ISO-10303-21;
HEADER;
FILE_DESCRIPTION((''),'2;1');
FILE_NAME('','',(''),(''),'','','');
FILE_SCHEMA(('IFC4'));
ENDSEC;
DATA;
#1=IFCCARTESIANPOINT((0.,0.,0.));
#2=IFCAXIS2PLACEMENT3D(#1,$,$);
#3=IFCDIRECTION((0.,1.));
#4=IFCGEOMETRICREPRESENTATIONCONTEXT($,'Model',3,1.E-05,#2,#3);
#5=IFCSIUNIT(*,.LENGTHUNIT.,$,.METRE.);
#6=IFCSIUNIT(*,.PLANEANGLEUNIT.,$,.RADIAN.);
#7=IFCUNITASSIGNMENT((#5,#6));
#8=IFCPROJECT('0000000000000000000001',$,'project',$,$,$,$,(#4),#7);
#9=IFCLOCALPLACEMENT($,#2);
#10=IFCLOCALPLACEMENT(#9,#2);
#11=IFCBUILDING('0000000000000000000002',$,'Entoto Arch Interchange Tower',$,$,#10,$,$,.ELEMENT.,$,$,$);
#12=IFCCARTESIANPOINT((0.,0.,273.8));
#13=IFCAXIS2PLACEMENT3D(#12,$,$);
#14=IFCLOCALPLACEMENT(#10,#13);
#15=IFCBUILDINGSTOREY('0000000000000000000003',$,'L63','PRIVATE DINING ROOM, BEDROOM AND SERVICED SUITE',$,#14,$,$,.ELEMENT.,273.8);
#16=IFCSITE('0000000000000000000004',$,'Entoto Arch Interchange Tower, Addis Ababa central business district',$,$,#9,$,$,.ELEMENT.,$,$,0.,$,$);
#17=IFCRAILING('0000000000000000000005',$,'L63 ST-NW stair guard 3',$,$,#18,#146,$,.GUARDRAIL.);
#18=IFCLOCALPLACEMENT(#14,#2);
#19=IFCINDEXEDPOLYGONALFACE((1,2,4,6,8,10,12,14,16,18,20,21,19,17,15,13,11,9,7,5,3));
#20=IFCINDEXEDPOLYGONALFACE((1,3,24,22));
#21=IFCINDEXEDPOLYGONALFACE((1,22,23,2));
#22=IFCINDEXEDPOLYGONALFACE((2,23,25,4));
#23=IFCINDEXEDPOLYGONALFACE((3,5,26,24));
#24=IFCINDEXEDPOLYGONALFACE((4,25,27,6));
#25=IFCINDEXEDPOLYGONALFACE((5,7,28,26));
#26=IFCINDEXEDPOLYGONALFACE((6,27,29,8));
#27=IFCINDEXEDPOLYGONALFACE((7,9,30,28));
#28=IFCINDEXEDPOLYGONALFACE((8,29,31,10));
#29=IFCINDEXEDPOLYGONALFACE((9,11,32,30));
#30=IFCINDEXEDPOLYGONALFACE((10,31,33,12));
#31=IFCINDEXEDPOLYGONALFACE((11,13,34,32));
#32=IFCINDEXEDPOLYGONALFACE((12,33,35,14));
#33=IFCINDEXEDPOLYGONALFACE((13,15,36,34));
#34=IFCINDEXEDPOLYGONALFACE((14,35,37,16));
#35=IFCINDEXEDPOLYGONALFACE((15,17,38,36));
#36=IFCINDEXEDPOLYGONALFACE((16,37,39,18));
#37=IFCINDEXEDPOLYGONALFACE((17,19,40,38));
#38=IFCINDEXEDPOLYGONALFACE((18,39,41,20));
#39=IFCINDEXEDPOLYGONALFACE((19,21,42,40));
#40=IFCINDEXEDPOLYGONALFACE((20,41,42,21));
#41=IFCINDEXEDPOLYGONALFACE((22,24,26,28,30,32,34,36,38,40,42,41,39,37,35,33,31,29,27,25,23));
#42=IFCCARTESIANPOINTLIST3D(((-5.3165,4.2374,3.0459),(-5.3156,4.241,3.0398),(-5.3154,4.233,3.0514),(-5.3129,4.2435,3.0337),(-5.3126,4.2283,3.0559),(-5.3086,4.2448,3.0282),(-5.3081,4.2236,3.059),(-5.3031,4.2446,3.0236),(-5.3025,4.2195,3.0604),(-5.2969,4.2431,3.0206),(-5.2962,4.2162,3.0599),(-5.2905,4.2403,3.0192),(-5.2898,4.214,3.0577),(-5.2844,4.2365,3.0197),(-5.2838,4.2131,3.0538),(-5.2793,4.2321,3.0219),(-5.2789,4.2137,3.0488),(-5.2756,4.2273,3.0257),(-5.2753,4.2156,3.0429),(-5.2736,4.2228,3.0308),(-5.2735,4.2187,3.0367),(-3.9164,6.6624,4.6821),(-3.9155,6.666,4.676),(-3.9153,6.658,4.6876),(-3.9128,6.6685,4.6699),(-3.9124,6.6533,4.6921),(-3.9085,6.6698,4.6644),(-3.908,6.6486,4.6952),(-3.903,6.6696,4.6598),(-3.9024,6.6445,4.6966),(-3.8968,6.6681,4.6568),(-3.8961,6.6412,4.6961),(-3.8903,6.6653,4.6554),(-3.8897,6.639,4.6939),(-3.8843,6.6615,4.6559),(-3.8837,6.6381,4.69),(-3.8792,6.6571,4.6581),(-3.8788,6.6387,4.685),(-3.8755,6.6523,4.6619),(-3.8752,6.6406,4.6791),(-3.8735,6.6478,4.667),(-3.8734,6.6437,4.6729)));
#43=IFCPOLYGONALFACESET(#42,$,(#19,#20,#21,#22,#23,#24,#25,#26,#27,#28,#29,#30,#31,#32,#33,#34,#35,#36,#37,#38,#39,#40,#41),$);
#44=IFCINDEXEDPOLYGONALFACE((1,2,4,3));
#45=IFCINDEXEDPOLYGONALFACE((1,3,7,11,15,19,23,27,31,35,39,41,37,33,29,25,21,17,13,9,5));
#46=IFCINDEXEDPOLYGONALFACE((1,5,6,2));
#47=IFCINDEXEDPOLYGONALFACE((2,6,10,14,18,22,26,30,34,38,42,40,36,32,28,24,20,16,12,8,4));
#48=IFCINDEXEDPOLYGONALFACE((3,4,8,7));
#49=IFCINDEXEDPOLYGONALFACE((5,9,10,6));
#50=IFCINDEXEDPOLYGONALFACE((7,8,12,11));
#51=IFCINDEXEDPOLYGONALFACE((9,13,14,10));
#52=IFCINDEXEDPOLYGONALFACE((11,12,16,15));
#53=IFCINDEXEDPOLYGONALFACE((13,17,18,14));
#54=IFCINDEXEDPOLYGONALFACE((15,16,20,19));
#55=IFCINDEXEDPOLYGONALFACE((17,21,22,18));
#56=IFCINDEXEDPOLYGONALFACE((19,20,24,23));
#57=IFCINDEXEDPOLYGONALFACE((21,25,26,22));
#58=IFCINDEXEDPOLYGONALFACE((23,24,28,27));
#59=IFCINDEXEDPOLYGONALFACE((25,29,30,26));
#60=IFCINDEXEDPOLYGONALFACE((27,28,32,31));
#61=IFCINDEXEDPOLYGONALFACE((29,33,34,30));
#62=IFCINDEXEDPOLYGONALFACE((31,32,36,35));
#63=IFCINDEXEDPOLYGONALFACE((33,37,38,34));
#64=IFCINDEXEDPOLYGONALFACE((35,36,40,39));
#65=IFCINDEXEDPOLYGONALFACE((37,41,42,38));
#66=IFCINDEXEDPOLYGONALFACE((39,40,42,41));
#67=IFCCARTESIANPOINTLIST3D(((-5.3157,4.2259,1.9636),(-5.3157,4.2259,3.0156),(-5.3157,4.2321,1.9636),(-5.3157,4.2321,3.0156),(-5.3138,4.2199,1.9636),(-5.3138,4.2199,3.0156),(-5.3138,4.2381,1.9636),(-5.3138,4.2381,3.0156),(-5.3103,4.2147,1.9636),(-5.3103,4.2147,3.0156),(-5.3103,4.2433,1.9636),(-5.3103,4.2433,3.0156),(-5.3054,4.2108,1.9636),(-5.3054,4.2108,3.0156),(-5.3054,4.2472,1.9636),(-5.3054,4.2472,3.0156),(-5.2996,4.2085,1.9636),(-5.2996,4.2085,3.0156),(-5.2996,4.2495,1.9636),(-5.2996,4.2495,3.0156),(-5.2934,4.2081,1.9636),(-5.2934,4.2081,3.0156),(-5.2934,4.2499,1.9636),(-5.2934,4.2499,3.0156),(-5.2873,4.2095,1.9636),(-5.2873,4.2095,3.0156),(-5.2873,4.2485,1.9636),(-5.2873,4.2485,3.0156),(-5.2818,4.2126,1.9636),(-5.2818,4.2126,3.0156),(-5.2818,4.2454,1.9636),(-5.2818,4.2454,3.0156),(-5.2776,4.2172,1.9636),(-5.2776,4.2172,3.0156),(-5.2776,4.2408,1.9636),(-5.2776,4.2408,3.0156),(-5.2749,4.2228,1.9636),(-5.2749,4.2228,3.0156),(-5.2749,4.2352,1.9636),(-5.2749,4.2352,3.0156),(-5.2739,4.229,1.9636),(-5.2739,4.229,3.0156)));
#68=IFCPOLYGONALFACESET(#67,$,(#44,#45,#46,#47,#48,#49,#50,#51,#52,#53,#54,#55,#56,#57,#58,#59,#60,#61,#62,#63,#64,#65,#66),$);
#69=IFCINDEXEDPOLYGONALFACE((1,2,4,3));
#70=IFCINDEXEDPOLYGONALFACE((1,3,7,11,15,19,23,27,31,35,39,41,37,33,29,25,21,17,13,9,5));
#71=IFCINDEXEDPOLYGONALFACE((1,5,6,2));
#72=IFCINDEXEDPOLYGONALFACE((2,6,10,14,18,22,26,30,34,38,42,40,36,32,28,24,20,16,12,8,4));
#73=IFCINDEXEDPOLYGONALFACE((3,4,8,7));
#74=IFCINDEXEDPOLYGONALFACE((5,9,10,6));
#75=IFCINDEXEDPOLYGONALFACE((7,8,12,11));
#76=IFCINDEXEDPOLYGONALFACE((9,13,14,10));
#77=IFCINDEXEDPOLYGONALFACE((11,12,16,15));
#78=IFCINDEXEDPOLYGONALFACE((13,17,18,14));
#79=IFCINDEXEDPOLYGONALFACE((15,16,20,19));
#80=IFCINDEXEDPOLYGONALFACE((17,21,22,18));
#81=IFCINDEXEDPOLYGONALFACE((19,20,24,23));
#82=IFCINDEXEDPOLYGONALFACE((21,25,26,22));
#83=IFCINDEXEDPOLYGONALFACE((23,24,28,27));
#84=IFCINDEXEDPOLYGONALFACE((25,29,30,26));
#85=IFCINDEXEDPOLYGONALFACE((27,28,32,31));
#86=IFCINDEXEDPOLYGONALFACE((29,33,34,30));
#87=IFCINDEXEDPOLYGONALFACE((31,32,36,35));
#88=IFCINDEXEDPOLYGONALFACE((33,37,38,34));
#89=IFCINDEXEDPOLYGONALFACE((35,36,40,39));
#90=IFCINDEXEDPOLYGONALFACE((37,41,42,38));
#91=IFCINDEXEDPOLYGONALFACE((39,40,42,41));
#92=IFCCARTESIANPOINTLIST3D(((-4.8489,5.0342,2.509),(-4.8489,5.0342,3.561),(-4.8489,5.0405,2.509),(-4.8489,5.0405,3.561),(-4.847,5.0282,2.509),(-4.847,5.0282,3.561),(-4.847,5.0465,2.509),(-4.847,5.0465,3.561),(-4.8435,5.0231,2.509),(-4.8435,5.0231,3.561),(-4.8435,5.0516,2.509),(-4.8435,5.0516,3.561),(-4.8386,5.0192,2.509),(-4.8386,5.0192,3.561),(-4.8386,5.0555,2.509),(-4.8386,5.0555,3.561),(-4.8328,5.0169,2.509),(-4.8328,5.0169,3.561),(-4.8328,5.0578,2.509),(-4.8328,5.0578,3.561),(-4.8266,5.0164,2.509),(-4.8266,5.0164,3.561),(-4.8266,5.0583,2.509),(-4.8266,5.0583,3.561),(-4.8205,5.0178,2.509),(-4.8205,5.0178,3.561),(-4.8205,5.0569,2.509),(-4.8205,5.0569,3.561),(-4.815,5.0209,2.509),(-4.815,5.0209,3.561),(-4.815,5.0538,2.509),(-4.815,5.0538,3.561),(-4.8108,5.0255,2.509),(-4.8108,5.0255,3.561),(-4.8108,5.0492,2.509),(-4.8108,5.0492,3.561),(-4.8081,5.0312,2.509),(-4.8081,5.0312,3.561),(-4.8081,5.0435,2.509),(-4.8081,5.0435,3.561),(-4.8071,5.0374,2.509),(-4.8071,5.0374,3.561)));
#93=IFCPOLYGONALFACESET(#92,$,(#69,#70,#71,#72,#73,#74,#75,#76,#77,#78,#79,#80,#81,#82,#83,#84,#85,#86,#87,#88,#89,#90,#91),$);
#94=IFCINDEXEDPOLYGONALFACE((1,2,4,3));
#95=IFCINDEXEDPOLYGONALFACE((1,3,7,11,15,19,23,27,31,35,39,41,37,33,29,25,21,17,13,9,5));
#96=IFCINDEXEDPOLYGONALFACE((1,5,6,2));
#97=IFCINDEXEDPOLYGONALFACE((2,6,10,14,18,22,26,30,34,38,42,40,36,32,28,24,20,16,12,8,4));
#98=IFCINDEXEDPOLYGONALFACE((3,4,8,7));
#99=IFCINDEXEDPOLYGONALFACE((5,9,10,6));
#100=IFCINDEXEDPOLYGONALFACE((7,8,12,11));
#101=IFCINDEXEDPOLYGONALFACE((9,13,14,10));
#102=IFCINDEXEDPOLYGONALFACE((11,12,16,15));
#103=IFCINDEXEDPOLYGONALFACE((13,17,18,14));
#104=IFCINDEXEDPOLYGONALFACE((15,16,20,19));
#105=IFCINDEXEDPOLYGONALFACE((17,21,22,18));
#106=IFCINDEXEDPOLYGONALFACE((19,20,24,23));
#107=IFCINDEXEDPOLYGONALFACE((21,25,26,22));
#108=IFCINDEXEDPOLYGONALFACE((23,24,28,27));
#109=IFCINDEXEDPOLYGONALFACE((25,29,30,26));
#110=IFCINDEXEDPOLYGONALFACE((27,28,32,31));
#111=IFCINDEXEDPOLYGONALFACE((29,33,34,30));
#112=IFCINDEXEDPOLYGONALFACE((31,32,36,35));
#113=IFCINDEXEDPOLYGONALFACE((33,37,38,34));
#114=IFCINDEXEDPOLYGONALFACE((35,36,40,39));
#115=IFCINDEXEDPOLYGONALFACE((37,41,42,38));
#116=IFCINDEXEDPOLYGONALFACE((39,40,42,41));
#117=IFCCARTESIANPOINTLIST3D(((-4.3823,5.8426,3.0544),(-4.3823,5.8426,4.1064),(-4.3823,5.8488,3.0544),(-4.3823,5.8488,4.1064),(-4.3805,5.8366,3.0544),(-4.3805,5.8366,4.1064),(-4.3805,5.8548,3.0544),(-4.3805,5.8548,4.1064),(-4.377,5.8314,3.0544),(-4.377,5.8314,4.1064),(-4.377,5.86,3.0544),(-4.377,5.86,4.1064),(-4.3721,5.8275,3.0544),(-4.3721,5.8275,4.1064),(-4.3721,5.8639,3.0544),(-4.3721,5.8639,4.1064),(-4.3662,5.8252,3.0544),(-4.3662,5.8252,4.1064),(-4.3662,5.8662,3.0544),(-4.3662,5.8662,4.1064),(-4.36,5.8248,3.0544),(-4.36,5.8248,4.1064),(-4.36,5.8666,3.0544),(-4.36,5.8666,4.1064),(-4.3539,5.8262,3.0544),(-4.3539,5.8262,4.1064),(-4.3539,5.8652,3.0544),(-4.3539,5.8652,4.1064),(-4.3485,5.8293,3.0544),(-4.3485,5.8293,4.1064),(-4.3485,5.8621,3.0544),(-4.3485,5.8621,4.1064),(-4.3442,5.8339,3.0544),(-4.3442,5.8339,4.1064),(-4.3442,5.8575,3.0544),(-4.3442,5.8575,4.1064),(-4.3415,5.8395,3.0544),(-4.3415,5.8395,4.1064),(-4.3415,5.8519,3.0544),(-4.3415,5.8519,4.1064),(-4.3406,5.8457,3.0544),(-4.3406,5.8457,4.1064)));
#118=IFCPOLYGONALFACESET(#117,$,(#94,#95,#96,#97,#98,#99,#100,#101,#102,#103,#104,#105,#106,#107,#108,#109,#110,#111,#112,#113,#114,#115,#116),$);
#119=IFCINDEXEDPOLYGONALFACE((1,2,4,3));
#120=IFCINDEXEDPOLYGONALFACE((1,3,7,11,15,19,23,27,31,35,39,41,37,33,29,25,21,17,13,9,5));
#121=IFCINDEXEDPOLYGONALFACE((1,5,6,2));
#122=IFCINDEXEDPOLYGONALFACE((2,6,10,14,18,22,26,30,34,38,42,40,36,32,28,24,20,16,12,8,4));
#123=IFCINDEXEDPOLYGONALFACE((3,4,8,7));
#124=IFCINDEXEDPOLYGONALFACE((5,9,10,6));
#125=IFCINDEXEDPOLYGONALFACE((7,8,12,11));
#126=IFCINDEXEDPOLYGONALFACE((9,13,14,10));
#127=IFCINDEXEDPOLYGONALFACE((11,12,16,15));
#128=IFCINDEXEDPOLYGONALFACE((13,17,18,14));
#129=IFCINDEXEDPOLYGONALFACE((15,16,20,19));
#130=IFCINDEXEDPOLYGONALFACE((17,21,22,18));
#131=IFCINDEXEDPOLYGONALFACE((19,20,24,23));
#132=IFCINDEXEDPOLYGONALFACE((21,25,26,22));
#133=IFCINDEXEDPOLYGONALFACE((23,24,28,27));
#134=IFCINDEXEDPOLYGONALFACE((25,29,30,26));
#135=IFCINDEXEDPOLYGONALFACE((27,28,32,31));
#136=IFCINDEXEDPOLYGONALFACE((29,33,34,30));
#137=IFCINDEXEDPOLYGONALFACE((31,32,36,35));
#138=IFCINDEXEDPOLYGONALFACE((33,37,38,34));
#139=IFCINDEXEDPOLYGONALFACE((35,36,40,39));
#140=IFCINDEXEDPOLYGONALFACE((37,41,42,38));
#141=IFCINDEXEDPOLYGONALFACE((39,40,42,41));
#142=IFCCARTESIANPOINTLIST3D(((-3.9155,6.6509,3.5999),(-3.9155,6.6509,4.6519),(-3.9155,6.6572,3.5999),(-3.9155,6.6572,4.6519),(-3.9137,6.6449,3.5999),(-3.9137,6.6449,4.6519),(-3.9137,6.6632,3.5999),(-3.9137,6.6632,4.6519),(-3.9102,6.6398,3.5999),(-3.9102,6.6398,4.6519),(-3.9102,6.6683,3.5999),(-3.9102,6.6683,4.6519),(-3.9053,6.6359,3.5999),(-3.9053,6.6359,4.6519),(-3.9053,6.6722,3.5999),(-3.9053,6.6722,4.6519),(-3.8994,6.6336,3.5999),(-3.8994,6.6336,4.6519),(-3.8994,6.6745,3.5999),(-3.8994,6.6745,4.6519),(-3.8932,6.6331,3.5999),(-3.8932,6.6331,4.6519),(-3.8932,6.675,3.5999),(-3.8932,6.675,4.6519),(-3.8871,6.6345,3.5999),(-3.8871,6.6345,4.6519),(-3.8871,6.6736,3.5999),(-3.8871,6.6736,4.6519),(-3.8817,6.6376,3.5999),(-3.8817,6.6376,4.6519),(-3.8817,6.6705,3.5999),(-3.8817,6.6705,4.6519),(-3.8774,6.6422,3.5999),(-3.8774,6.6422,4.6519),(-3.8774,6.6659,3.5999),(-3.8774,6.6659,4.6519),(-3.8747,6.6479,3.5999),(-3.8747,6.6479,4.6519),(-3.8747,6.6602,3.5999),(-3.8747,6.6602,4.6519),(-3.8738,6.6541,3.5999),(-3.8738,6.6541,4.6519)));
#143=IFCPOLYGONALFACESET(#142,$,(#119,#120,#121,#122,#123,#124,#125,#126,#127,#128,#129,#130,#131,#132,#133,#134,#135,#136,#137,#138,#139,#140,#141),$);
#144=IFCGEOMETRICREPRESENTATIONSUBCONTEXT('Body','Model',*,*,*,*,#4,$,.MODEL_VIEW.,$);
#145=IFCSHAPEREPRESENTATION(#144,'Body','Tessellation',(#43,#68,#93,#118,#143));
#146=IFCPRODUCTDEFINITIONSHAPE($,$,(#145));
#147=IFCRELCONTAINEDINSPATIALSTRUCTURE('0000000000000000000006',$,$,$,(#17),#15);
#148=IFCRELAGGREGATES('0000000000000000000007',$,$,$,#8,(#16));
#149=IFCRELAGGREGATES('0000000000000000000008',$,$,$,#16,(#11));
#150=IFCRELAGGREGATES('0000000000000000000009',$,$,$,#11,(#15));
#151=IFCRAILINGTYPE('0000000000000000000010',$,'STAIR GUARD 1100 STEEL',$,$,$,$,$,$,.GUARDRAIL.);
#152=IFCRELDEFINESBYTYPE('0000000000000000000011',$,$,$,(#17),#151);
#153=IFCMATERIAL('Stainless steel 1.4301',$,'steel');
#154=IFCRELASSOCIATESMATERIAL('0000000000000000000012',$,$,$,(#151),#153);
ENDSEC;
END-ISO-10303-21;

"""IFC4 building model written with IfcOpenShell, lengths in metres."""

from ifc_helpers import new_model, si_unit, direction, frame, origin, origin_2d, place, context, subcontext, project, spatial, circle, extrude, material, type_object, element, save


model = new_model("IFC4")

# Units and contexts
model_context = context("Model", 3, precision=1e-05, world=origin(), true_north=direction((0.0, 1.0)))
body_context = subcontext(model_context, "Body", "Model", "MODEL_VIEW")
ifc_project = project(units=[si_unit("LENGTHUNIT", "METRE"), si_unit("PLANEANGLEUNIT", "RADIAN")], contexts=[model_context])

# Site, building, storey
site_placement = place(None, origin())
site = spatial("IfcSite", under=ifc_project, at=site_placement, Name="Entoto Arch Interchange Tower, Addis Ababa central business district", CompositionType="ELEMENT", RefElevation=0.0)
building_placement = place(site_placement, origin())
building = spatial("IfcBuilding", under=site, at=building_placement, Name="Entoto Arch Interchange Tower", CompositionType="ELEMENT")
storey_placement = place(building_placement, frame((0.0, 0.0, 273.8)))
storey = spatial("IfcBuildingStorey", under=building, at=storey_placement, Name="L63", Description="PRIVATE DINING ROOM, BEDROOM AND SERVICED SUITE", CompositionType="ELEMENT", Elevation=273.8)

# Railing
ifc_material_1 = material(Name="Stainless steel 1.4301", Category="steel")
railing_type_1 = type_object("IfcRailingType", Name="STAIR GUARD 1100 STEEL", PredefinedType="GUARDRAIL", material=ifc_material_1)
railing_1_placement = place(storey_placement, frame((-5.2949, 4.229, 1.9636)))
element("IfcRailing", 1, at=railing_1_placement, inside=storey, type_object=railing_type_1, Name="L63 ST-NW stair guard 3", PredefinedType="GUARDRAIL", context=body_context, shape_type="SweptSolid", body=[
    extrude(circle(Radius=0.0239, at=origin_2d()), frame((0.0, 0.0, 1.0762), z_axis=(0.431714, 0.747727, 0.504507), x_axis=(-0.866019, 0.500012, 0.0)), (0.0, 0.0, 1.0), 3.2432),
    extrude(circle(Radius=0.021, at=origin_2d()), origin(), (0.0, 0.0, 1.0), 1.052),
    extrude(circle(Radius=0.021, at=origin_2d()), frame((0.4668, 0.8083, 0.5454)), (0.0, 0.0, 1.0), 1.052),
    extrude(circle(Radius=0.021, at=origin_2d()), frame((0.9333, 1.6167, 1.0908)), (0.0, 0.0, 1.0), 1.052),
    extrude(circle(Radius=0.021, at=origin_2d()), frame((1.4001, 2.425, 1.6362)), (0.0, 0.0, 1.0), 1.052),
])

save(model, "model.ifc")
